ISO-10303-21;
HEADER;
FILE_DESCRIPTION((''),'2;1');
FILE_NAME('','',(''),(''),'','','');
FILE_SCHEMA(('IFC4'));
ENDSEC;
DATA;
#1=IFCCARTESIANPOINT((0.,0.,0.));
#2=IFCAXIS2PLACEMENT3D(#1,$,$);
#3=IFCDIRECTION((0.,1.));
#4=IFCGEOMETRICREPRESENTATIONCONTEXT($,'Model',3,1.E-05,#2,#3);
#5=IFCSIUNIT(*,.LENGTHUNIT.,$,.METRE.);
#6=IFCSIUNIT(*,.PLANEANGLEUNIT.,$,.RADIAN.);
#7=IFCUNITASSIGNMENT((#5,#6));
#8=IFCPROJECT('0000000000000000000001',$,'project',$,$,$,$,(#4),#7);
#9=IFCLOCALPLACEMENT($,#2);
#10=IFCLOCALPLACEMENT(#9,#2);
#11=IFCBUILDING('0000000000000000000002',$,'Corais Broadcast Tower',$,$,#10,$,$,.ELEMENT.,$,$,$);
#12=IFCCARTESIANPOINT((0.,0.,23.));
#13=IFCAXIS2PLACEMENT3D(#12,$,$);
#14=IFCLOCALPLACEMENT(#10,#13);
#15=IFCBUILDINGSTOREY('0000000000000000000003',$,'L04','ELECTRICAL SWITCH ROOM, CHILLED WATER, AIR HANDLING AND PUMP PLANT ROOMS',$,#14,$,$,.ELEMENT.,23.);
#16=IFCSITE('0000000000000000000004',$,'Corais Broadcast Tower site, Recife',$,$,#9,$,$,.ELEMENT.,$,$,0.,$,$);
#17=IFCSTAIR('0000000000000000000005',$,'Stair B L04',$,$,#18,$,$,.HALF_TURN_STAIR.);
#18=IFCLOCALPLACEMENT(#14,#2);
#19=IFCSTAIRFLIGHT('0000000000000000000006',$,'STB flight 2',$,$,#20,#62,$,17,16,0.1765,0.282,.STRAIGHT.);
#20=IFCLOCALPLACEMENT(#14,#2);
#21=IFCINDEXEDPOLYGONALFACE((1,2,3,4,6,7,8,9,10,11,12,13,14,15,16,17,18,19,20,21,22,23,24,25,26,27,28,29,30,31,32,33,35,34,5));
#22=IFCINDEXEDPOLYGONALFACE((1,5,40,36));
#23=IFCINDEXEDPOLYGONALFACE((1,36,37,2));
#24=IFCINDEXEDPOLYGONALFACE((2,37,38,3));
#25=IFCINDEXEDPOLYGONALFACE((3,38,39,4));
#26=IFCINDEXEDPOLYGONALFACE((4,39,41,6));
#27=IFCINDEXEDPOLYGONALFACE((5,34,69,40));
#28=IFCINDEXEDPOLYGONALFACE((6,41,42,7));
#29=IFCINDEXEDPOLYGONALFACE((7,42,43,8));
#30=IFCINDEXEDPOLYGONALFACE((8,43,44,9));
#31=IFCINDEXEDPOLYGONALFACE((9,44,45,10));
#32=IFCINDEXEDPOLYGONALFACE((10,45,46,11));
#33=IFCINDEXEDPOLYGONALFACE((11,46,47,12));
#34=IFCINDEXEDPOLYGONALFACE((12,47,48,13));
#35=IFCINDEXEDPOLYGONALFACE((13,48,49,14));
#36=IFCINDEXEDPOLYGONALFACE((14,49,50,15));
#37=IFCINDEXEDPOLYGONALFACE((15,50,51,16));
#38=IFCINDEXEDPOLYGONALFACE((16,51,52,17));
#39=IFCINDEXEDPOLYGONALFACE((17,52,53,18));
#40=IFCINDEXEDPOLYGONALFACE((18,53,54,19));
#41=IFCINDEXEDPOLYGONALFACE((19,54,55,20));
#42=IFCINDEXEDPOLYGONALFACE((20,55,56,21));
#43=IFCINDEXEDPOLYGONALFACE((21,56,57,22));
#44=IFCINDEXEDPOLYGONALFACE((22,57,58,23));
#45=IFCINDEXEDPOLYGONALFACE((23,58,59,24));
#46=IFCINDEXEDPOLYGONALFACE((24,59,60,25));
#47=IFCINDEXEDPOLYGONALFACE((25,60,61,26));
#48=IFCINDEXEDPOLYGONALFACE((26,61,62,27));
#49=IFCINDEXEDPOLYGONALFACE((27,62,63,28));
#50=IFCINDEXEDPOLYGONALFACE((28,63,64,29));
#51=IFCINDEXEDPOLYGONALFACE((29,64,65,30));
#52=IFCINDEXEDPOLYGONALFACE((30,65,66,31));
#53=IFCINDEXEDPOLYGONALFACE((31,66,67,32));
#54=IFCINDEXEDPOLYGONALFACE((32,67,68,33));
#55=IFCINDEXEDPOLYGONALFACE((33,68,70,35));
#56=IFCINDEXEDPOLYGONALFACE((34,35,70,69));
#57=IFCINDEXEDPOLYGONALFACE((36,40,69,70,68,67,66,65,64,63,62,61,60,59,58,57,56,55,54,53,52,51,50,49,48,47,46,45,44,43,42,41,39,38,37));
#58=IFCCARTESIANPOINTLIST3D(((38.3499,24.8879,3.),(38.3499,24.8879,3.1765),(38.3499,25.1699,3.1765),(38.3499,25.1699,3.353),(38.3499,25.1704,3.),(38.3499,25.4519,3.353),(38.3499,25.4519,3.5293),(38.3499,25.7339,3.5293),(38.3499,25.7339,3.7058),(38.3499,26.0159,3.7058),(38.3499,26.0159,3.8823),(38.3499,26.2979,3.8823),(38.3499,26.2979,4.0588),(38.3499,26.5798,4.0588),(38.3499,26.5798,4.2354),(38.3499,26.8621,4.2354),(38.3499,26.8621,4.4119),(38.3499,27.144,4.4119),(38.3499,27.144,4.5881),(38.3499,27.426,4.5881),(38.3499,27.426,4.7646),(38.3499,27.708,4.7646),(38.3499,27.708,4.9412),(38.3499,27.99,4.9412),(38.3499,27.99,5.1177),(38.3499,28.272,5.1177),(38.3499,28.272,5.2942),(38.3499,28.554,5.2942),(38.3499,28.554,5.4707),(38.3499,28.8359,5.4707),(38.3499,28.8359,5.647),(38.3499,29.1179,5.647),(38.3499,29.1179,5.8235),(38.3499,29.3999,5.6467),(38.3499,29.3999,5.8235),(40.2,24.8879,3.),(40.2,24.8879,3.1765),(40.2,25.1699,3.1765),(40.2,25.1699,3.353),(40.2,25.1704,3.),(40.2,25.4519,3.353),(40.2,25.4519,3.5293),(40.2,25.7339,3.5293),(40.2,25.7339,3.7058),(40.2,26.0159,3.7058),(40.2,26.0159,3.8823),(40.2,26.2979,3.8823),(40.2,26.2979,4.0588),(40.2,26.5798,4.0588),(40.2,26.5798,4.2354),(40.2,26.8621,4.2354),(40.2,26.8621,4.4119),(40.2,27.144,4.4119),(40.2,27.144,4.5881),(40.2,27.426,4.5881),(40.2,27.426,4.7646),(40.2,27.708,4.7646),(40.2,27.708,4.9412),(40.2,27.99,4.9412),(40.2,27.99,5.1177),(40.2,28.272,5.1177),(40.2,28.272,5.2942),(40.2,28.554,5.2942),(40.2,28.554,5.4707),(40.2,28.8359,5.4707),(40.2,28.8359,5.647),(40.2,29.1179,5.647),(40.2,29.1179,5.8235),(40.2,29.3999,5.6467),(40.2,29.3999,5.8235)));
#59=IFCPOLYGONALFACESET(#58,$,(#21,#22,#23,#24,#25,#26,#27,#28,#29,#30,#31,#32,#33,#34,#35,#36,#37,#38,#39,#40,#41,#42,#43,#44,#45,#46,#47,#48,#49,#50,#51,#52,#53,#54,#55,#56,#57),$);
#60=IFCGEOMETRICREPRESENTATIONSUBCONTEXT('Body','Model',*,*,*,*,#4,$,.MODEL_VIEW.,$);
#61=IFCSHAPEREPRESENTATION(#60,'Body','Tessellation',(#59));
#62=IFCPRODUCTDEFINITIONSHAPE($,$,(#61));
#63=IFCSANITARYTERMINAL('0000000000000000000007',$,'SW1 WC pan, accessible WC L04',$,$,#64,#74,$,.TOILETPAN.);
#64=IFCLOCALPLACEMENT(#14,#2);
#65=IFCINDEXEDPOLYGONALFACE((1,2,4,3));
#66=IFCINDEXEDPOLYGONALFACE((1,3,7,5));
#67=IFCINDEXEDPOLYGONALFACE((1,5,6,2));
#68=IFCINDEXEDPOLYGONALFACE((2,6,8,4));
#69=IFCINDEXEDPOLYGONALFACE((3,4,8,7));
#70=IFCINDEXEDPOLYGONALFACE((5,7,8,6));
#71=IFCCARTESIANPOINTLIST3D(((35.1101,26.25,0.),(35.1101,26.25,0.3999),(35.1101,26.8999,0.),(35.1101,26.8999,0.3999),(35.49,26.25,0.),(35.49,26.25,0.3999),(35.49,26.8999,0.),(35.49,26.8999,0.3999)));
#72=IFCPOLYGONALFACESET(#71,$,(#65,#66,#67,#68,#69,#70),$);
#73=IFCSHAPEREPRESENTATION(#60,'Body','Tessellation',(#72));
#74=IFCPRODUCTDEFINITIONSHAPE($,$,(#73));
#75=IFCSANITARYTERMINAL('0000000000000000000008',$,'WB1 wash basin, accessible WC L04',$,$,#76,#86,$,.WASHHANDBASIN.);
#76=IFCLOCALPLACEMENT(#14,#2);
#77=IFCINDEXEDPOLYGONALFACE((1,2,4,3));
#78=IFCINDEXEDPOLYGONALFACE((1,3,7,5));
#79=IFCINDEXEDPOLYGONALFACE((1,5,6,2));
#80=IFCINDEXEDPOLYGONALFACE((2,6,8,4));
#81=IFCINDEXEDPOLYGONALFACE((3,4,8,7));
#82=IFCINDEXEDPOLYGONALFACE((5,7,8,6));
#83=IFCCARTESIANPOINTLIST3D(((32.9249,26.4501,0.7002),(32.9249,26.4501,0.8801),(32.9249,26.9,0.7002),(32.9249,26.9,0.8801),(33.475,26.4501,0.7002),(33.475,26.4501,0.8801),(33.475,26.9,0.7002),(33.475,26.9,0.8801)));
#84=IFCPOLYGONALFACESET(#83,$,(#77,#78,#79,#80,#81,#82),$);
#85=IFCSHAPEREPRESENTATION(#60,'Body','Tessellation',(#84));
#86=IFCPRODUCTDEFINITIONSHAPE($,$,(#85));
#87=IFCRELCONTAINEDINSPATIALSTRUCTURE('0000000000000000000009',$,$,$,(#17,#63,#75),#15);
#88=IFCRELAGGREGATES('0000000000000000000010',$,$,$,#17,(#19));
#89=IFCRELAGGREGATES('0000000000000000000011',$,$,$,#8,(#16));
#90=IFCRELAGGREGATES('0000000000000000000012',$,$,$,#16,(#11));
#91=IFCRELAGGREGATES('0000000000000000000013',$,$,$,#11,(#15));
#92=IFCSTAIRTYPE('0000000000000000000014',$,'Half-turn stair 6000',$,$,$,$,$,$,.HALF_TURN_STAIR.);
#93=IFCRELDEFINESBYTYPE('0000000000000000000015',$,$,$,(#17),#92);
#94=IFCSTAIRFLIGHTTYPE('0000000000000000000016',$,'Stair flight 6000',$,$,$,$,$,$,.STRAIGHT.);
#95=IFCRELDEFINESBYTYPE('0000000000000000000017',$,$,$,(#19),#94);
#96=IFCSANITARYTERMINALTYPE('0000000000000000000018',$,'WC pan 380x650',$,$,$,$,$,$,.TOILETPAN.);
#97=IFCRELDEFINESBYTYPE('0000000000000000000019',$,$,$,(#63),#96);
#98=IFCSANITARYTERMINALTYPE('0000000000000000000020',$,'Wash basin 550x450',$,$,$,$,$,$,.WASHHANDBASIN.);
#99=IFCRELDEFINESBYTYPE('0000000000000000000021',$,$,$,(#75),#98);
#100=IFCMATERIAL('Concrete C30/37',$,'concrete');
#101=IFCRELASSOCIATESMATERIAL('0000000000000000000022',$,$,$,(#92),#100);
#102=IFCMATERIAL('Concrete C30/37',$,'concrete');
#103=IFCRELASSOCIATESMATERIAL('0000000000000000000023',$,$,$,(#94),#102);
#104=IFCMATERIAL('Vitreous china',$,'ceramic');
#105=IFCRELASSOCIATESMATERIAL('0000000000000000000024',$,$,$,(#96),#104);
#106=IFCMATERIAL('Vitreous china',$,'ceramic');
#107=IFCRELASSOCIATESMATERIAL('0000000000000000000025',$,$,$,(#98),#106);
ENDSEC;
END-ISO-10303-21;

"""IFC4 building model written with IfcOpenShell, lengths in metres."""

from ifc_helpers import new_model, si_unit, direction, frame, origin, origin_2d, place, context, subcontext, project, spatial, polyline, rectangle, outline, extrude, material, type_object, element, aggregate, save


model = new_model("IFC4")

# Units and contexts
model_context = context("Model", 3, precision=1e-05, world=origin(), true_north=direction((0.0, 1.0)))
body_context = subcontext(model_context, "Body", "Model", "MODEL_VIEW")
ifc_project = project(units=[si_unit("LENGTHUNIT", "METRE"), si_unit("PLANEANGLEUNIT", "RADIAN")], contexts=[model_context])

# Site, building, storey
site_placement = place(None, origin())
site = spatial("IfcSite", under=ifc_project, at=site_placement, Name="Corais Broadcast Tower site, Recife", CompositionType="ELEMENT", RefElevation=0.0)
building_placement = place(site_placement, origin())
building = spatial("IfcBuilding", under=site, at=building_placement, Name="Corais Broadcast Tower", CompositionType="ELEMENT")
storey_placement = place(building_placement, frame((0.0, 0.0, 23.0)))
storey = spatial("IfcBuildingStorey", under=building, at=storey_placement, Name="L04", Description="ELECTRICAL SWITCH ROOM, CHILLED WATER, AIR HANDLING AND PUMP PLANT ROOMS", CompositionType="ELEMENT", Elevation=23.0)

# Stair, stair flight
ifc_material_1 = material(Name="Concrete C30/37", Category="concrete")
stair_type = type_object("IfcStairType", Name="Half-turn stair 6000", PredefinedType="HALF_TURN_STAIR", material=ifc_material_1)
stair_placement = place(storey_placement, origin())
stair = element("IfcStair", 1, at=stair_placement, inside=storey, type_object=stair_type, Name="Stair B L04", PredefinedType="HALF_TURN_STAIR")
ifc_material_2 = material(Name="Concrete C30/37", Category="concrete")
stair_flight_type = type_object("IfcStairFlightType", Name="Stair flight 6000", PredefinedType="STRAIGHT", material=ifc_material_2)
stair_flight_placement = place(storey_placement, frame((39.2749, 24.8879, 3.0), z_axis=(0.0, 0.0, 1.0), x_axis=(0.0, 1.0, 0.0)))
stair_flight = element("IfcStairFlight", 2, at=stair_flight_placement, type_object=stair_flight_type, Name="STB flight 2", NumberOfRisers=17, NumberOfTreads=16, PredefinedType="STRAIGHT", RiserHeight=0.1765, TreadLength=0.282, context=body_context, shape_type="SweptSolid", body=[
    extrude(outline(polyline([(0.0, 0.0), (0.0, 0.1765), (0.282, 0.1765), (0.282, 0.353), (0.564, 0.353), (0.564, 0.5293), (0.8459, 0.5293), (0.8459, 0.7058), (1.1279, 0.7058), (1.1279, 0.8823), (1.4099, 0.8823), (1.4099, 1.0588), (1.6919, 1.0588), (1.6919, 1.2354), (1.9741, 1.2354), (1.9741, 1.4119), (2.2561, 1.4119), (2.2561, 1.5881), (2.5381, 1.5881), (2.5381, 1.7646), (2.8201, 1.7646), (2.8201, 1.9412), (3.1021, 1.9412), (3.1021, 2.1177), (3.384, 2.1177), (3.384, 2.2942), (3.666, 2.2942), (3.666, 2.4707), (3.948, 2.4707), (3.948, 2.647), (4.23, 2.647), (4.23, 2.8235), (4.512, 2.8235), (4.512, 3.0), (4.512, 2.6467), (0.2825, 0.0), (0.0, 0.0)])), frame((0.0, 0.925, 0.0), z_axis=(0.0, -1.0, 0.0), x_axis=(1.0, 0.0, 0.0)), (0.0, 0.0, 1.0), 1.8501),
])
aggregate(stair, [stair_flight])

# Sanitary terminals
ifc_material_3 = material(Name="Vitreous china", Category="ceramic")
sanitary_terminal_type_1 = type_object("IfcSanitaryTerminalType", Name="WC pan 380x650", PredefinedType="TOILETPAN", material=ifc_material_3)
sanitary_terminal_1_placement = place(storey_placement, frame((35.3, 26.575, 0.0), z_axis=(0.0, 0.0, 1.0), x_axis=(1.0, 0.0, 0.0)))
element("IfcSanitaryTerminal", 3, at=sanitary_terminal_1_placement, inside=storey, type_object=sanitary_terminal_type_1, Name="SW1 WC pan, accessible WC L04", PredefinedType="TOILETPAN", context=body_context, shape_type="SweptSolid", body=[
    extrude(rectangle(XDim=0.3799, YDim=0.6499, at=origin_2d()), origin(), (0.0, 0.0, 1.0), 0.3999),
])
ifc_material_4 = material(Name="Vitreous china", Category="ceramic")
sanitary_terminal_type_2 = type_object("IfcSanitaryTerminalType", Name="Wash basin 550x450", PredefinedType="WASHHANDBASIN", material=ifc_material_4)
sanitary_terminal_2_placement = place(storey_placement, frame((33.2, 26.675, 0.7002), z_axis=(0.0, 0.0, 1.0), x_axis=(1.0, 0.0, 0.0)))
element("IfcSanitaryTerminal", 4, at=sanitary_terminal_2_placement, inside=storey, type_object=sanitary_terminal_type_2, Name="WB1 wash basin, accessible WC L04", PredefinedType="WASHHANDBASIN", context=body_context, shape_type="SweptSolid", body=[
    extrude(rectangle(XDim=0.55, YDim=0.45, at=origin_2d()), origin(), (0.0, 0.0, 1.0), 0.1799),
])

save(model, "model.ifc")
